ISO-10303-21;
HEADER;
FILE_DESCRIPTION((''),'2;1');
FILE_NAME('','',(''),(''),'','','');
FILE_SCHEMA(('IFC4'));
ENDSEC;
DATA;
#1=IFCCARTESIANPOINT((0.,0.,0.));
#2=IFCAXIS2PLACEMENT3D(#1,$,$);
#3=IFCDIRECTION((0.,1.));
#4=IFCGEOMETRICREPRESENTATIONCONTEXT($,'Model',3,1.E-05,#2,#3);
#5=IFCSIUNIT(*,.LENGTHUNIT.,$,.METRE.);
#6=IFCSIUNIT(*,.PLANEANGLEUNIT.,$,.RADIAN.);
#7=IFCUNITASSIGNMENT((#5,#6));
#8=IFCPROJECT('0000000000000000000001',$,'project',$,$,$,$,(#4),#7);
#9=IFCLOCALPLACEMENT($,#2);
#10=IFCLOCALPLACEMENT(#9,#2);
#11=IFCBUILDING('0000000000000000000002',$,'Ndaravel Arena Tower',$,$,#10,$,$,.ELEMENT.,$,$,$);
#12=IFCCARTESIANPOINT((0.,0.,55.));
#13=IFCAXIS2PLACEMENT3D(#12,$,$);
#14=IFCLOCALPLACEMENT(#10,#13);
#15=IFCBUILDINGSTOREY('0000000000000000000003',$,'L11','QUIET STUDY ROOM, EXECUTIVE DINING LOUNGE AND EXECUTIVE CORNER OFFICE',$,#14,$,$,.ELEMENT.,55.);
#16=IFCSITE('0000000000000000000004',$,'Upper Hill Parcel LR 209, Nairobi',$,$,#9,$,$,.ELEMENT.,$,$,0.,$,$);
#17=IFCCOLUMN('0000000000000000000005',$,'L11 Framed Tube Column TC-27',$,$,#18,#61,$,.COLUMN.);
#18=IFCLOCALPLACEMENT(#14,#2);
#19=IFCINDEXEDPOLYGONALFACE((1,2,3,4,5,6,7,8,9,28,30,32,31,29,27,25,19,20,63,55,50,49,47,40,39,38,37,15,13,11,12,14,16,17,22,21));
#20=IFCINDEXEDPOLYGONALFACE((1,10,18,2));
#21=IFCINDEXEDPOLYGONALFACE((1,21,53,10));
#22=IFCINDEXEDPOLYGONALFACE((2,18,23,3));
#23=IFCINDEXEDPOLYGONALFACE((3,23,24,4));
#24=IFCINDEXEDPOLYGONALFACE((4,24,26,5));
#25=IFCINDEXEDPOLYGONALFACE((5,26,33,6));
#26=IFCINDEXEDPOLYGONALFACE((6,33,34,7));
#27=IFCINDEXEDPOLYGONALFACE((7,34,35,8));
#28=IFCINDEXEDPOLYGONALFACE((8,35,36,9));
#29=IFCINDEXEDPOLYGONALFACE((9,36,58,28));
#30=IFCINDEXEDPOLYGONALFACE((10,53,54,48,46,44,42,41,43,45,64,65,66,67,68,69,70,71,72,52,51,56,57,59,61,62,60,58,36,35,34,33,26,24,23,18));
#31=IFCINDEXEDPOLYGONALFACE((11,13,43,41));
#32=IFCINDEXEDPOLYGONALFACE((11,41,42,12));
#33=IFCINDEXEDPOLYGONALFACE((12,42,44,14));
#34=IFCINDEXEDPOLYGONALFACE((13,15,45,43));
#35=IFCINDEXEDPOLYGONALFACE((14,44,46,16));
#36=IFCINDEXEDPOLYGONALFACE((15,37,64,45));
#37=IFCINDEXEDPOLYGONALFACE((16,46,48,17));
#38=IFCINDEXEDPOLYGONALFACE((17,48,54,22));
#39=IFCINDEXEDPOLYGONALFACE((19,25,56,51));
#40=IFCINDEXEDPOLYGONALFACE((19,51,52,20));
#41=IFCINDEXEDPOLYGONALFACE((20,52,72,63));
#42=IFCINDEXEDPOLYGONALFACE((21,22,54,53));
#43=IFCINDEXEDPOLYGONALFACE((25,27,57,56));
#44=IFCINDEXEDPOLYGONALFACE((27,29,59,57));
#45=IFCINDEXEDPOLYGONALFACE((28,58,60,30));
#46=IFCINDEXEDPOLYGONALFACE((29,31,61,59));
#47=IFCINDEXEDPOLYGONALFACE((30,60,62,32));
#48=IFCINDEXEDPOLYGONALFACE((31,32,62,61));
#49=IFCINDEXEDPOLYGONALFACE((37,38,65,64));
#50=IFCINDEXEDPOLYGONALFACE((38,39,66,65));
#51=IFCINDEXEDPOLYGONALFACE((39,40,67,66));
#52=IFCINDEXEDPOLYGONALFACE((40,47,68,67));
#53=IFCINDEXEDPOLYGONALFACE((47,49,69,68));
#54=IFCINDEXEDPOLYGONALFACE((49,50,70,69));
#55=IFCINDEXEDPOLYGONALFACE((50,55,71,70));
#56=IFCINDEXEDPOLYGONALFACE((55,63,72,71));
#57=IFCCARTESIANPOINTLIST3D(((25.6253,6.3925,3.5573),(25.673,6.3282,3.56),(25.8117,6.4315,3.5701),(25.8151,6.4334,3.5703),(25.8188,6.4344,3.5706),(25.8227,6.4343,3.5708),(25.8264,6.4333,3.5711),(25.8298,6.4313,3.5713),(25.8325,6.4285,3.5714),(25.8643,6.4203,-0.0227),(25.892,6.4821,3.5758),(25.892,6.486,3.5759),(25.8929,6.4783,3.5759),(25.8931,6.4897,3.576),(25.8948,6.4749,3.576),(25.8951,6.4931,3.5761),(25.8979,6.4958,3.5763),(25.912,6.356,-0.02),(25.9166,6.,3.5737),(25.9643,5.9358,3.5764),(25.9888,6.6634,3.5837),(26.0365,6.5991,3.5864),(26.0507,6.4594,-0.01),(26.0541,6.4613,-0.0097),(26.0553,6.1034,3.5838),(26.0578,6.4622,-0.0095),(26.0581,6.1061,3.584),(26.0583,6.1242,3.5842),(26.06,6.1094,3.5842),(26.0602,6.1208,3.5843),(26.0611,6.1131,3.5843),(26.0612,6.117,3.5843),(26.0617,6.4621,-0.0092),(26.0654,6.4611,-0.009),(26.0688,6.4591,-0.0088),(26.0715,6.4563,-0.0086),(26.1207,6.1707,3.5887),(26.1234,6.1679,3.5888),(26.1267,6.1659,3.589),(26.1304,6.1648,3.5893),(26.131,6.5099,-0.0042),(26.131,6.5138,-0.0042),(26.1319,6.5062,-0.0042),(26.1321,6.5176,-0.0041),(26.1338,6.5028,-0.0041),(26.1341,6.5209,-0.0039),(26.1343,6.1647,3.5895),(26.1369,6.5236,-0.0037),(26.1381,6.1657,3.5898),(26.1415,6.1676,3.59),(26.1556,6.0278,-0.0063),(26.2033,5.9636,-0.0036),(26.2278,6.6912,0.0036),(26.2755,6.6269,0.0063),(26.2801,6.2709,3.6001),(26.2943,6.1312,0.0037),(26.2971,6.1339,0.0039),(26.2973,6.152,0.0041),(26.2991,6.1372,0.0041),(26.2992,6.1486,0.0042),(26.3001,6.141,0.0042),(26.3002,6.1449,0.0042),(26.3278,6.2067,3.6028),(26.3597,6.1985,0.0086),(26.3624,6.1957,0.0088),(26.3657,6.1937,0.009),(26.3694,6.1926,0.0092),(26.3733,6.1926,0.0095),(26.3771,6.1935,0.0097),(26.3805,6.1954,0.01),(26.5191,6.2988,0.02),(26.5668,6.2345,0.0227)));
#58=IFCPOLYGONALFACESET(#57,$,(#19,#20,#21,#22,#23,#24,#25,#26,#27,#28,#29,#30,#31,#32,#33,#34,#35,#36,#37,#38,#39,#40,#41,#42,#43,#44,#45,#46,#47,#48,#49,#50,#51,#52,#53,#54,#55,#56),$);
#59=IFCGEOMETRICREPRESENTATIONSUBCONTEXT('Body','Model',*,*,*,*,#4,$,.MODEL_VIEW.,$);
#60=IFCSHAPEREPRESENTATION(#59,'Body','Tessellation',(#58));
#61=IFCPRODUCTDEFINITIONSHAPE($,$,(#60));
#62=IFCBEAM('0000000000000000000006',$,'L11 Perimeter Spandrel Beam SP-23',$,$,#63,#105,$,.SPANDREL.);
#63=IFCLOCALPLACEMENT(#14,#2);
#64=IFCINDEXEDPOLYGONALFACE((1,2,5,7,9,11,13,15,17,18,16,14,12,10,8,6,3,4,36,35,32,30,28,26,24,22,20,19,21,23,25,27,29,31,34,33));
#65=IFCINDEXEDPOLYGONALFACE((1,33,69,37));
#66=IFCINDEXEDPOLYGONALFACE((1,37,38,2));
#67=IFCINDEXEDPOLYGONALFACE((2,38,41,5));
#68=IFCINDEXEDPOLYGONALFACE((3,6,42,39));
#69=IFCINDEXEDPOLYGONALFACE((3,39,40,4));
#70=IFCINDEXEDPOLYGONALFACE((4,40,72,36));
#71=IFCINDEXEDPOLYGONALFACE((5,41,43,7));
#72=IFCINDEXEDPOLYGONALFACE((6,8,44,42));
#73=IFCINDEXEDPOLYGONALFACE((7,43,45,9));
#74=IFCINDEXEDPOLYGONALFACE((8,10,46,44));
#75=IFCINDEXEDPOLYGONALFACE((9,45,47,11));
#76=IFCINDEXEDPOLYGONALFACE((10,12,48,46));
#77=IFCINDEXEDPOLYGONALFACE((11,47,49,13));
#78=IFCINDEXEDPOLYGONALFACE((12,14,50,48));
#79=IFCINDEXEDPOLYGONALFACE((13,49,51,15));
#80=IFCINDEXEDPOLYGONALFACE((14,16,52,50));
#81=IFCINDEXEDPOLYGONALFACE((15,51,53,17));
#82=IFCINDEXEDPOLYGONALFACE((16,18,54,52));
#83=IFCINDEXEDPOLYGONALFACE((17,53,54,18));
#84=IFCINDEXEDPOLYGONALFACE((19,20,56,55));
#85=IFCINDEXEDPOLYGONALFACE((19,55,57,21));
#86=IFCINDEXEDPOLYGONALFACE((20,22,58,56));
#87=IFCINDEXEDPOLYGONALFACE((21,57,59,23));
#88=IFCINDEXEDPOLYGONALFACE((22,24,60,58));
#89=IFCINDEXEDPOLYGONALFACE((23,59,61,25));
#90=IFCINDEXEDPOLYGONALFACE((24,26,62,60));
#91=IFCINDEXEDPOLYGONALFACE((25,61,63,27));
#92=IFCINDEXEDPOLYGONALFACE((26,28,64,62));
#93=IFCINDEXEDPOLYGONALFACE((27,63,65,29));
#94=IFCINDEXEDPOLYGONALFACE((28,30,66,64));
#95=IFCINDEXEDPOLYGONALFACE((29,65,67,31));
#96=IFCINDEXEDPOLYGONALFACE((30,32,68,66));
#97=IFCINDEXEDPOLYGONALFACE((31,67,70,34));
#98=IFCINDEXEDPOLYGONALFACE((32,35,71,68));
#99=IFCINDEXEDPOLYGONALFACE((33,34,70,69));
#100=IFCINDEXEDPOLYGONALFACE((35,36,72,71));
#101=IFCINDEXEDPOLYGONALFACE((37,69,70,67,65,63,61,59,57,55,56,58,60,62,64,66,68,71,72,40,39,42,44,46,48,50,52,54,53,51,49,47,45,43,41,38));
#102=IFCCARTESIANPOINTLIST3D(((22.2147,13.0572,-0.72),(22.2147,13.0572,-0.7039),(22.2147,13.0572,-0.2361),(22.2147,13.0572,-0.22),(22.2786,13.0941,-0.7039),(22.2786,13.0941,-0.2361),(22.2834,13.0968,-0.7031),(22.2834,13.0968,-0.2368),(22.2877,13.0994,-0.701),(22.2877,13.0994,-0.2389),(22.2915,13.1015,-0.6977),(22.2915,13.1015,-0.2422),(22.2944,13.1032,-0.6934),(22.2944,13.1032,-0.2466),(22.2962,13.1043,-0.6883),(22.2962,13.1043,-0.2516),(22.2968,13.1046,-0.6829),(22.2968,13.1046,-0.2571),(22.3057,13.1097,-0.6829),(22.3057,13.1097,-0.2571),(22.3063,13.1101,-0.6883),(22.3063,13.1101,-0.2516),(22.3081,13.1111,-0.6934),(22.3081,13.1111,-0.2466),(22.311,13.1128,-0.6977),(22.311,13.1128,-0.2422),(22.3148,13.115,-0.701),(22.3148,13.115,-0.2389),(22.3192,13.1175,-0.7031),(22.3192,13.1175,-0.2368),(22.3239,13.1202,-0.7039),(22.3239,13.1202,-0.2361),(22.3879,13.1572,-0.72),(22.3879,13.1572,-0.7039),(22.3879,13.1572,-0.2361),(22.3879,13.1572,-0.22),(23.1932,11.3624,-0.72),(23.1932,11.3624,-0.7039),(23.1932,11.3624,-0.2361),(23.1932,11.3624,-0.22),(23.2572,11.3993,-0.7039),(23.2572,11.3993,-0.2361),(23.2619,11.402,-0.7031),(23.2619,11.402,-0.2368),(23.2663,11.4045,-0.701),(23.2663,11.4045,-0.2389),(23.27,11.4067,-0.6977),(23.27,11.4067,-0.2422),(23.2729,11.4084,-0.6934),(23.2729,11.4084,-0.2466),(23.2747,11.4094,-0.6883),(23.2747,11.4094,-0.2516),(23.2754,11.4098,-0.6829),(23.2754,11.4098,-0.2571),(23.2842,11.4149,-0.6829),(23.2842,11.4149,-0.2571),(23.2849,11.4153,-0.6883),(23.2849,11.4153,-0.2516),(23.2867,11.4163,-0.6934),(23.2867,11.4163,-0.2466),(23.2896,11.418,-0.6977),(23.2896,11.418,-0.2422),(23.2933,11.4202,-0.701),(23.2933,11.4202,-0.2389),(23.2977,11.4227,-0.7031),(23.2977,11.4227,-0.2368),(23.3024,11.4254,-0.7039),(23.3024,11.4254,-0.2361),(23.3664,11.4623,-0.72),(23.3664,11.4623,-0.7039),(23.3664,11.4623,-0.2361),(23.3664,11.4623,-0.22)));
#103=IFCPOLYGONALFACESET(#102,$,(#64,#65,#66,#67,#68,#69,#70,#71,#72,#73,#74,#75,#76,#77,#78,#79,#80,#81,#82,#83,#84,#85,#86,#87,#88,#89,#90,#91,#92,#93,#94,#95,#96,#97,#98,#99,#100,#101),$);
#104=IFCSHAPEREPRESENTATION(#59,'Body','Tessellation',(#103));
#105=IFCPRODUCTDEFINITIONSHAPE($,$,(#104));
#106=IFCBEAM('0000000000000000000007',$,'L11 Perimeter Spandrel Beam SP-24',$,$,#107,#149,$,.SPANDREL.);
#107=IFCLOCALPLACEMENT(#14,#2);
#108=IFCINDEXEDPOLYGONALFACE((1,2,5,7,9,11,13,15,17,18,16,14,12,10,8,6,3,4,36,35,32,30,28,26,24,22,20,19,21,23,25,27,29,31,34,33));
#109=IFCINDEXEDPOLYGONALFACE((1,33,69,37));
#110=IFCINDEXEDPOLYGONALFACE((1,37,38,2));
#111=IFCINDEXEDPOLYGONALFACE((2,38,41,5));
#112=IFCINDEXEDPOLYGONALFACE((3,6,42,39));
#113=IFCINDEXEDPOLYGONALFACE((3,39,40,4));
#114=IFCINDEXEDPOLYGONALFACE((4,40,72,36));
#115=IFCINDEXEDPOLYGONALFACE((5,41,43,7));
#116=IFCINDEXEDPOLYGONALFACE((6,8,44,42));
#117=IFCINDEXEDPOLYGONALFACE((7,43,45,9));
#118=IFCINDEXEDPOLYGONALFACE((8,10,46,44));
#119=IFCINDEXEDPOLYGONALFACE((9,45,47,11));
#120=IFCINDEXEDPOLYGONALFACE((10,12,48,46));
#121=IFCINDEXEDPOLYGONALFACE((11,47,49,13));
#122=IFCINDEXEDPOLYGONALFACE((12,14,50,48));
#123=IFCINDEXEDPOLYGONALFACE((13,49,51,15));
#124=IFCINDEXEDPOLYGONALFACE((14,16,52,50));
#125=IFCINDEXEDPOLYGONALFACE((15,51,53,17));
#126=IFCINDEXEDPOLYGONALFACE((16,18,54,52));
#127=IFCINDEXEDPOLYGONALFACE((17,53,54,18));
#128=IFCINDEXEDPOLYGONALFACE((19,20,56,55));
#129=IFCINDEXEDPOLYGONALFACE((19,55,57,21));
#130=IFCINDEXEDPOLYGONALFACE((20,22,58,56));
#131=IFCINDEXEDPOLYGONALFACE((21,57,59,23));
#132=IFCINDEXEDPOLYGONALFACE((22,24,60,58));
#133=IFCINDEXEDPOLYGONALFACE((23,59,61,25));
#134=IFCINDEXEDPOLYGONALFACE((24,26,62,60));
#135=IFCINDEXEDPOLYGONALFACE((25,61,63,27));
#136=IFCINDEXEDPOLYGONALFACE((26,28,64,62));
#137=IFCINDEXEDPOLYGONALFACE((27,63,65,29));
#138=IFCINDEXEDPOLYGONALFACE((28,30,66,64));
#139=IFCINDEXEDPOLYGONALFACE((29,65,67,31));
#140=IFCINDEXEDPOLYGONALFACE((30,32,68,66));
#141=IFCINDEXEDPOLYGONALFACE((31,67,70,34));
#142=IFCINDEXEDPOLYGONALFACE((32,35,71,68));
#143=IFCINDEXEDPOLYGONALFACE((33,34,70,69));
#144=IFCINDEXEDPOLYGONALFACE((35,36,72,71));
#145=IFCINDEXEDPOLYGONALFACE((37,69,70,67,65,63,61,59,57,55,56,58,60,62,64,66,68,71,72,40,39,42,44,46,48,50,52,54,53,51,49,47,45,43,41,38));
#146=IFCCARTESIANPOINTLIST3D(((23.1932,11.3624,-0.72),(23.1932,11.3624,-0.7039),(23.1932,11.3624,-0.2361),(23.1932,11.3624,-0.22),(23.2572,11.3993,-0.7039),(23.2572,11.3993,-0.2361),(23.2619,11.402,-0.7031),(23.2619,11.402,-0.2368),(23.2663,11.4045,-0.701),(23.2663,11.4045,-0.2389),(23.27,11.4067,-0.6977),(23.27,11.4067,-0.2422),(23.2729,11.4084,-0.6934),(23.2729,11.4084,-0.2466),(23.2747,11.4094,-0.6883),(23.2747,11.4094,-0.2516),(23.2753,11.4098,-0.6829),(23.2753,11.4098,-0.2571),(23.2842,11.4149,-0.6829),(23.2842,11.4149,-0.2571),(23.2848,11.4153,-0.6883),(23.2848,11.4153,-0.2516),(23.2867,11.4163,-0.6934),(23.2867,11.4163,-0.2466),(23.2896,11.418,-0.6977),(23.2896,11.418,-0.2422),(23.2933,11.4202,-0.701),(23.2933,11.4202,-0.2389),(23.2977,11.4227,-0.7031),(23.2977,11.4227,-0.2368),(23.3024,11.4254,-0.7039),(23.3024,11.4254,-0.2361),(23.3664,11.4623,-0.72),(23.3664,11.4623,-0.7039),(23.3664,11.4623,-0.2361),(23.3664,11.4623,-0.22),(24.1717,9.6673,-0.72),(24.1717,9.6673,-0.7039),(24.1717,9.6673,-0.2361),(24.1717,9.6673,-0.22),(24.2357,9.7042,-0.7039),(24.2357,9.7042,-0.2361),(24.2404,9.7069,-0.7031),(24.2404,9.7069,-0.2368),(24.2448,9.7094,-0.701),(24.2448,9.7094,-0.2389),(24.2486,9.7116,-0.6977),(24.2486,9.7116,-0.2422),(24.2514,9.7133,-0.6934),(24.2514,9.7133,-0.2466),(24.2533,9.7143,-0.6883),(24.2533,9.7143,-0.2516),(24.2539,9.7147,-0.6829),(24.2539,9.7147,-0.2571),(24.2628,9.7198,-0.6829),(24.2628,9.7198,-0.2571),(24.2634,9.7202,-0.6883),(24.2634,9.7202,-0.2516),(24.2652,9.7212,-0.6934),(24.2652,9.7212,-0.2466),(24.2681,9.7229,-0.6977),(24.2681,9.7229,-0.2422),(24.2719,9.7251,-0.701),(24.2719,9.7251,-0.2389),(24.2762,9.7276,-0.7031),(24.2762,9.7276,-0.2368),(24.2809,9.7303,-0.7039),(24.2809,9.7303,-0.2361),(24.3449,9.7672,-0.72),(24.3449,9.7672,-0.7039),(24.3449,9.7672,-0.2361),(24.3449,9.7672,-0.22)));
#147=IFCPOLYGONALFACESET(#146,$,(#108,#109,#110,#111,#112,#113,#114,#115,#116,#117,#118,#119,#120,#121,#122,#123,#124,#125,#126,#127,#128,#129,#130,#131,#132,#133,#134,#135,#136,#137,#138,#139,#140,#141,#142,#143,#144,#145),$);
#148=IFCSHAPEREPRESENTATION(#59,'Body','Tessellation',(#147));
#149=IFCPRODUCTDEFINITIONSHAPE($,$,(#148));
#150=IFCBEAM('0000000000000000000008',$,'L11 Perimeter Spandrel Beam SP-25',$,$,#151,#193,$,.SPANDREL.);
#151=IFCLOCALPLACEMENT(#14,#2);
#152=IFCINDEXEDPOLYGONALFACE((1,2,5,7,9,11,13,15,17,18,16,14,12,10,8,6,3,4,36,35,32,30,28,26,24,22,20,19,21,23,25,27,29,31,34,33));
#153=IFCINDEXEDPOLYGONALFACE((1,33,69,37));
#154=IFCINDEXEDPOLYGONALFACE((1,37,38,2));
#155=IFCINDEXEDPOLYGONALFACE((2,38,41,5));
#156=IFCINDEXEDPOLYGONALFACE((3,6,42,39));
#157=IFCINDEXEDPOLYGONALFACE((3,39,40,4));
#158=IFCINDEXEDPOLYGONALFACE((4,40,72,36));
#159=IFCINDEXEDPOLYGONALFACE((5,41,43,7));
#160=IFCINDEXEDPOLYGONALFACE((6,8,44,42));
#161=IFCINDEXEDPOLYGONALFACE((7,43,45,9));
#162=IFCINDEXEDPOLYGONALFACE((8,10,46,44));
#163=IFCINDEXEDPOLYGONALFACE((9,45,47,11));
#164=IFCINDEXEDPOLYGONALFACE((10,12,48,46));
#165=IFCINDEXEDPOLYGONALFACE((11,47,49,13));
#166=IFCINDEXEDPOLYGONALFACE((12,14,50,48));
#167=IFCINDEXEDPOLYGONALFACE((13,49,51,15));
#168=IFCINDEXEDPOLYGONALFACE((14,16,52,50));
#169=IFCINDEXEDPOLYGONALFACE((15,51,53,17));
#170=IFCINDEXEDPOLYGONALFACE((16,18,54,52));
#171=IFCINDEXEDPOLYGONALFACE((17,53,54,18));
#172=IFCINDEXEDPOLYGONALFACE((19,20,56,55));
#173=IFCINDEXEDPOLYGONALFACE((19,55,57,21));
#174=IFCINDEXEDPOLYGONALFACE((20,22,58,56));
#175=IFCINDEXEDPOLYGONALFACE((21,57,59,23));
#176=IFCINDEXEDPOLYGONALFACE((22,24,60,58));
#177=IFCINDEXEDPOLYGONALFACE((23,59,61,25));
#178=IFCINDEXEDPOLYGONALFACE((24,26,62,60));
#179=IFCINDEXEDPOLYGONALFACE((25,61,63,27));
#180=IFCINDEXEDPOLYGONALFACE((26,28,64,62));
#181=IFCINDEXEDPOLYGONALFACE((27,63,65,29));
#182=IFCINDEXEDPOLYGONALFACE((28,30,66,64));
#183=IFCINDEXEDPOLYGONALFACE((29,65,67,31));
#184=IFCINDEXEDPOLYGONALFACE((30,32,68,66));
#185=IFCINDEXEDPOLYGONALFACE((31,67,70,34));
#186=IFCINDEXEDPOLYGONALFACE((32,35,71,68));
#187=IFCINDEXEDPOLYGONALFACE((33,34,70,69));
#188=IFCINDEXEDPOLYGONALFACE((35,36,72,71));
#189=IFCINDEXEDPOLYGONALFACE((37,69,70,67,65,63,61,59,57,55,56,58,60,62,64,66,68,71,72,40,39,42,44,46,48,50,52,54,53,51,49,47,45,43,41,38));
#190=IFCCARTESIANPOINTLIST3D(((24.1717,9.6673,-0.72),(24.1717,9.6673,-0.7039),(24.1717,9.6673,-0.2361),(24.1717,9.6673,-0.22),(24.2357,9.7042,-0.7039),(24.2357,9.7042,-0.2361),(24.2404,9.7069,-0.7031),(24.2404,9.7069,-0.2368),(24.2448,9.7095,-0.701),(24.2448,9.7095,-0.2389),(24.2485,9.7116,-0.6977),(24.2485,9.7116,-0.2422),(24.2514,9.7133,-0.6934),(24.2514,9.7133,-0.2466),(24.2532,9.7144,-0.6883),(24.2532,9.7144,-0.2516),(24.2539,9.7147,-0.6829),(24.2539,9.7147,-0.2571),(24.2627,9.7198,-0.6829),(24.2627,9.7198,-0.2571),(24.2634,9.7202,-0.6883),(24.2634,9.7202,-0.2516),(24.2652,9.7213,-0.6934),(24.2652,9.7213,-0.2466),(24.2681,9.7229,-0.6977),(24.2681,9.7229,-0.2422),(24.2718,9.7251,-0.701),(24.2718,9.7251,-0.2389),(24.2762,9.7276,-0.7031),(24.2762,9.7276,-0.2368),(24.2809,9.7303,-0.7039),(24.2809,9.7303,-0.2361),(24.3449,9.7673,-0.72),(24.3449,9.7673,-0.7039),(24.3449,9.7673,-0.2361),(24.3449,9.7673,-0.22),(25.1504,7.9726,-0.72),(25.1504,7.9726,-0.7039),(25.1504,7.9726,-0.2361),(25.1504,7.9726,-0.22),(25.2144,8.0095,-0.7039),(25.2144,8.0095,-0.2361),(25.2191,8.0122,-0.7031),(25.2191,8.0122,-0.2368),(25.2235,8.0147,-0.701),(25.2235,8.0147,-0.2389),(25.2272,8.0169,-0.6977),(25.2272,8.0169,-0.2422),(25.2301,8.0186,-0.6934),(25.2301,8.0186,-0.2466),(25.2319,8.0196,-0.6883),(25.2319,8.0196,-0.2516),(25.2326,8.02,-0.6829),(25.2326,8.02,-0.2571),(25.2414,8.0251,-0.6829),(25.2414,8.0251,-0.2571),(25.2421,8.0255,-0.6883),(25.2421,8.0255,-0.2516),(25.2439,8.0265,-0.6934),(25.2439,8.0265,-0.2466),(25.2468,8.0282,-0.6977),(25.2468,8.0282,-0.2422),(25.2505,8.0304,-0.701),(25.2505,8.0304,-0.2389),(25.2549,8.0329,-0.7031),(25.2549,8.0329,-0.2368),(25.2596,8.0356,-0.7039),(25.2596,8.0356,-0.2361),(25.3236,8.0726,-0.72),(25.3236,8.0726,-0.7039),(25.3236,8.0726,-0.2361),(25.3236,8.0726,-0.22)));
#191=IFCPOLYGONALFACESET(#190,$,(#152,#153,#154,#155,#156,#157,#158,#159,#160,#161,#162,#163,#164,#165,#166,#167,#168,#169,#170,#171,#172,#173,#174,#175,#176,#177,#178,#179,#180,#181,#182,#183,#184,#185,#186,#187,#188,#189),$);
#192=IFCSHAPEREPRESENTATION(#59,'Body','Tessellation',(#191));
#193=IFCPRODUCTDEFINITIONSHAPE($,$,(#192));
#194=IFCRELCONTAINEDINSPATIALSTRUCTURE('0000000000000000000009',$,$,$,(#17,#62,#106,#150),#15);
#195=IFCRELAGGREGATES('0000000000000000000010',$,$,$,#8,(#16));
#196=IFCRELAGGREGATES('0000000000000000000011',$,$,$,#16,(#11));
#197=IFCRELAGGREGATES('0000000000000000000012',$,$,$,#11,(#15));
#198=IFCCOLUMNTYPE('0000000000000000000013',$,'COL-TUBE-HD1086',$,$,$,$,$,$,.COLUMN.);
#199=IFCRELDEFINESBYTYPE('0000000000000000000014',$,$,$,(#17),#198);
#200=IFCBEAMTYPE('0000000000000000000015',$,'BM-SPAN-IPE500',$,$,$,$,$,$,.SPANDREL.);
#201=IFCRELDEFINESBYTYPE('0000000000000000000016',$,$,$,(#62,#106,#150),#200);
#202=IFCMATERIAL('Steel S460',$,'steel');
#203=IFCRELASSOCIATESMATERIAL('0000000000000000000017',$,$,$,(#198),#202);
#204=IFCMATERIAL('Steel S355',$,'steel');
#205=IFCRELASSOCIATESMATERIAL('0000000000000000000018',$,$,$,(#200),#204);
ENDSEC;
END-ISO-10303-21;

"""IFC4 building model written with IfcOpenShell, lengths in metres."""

from ifc_helpers import new_model, si_unit, direction, frame, origin, origin_2d, place, context, subcontext, project, spatial, i_section, extrude, material, material_profile, profile_set, type_object, element, save


model = new_model("IFC4")

# Units and contexts
model_context = context("Model", 3, precision=1e-05, world=origin(), true_north=direction((0.0, 1.0)))
body_context = subcontext(model_context, "Body", "Model", "MODEL_VIEW")
ifc_project = project(units=[si_unit("LENGTHUNIT", "METRE"), si_unit("PLANEANGLEUNIT", "RADIAN")], contexts=[model_context])

# Site, building, storey
site_placement = place(None, origin())
site = spatial("IfcSite", under=ifc_project, at=site_placement, Name="Upper Hill Parcel LR 209, Nairobi", CompositionType="ELEMENT", RefElevation=0.0)
building_placement = place(site_placement, origin())
building = spatial("IfcBuilding", under=site, at=building_placement, Name="Ndaravel Arena Tower", CompositionType="ELEMENT")
storey_placement = place(building_placement, frame((0.0, 0.0, 55.0)))
storey = spatial("IfcBuildingStorey", under=building, at=storey_placement, Name="L11", Description="QUIET STUDY ROOM, EXECUTIVE DINING LOUNGE AND EXECUTIVE CORNER OFFICE", CompositionType="ELEMENT", Elevation=55.0)

# Column
ifc_material_1 = material(Name="Steel S460", Category="steel")
ifc_material_profile_1 = material_profile(ifc_material_1, i_section(OverallWidth=0.4541, OverallDepth=0.5691, WebThickness=0.0779, FlangeThickness=0.0801, FilletRadius=0.0149, at=origin_2d()), Name="HD 400x1086")
ifc_profile_set_1 = profile_set([ifc_material_profile_1], Name="Steel S460")
column_type = type_object("IfcColumnType", Name="COL-TUBE-HD1086", PredefinedType="COLUMN", material=ifc_profile_set_1)
column_1_placement = place(storey_placement, frame((26.2156, 6.3274, 0.0), z_axis=(-0.066612, -0.007757, 0.997749), x_axis=(0.800445, 0.596587, 0.058077)))
element("IfcColumn", 1, at=column_1_placement, inside=storey, type_object=column_type, Name="L11 Framed Tube Column TC-27", PredefinedType="COLUMN", context=body_context, shape_type="SweptSolid", body=[
    extrude(i_section(OverallWidth=0.4541, OverallDepth=0.5691, WebThickness=0.0779, FlangeThickness=0.0801, FilletRadius=0.0149, at=origin_2d()), origin(), (0.0, 0.0, 1.0), 3.5881),
])

# Beams
ifc_material_2 = material(Name="Steel S355", Category="steel")
ifc_material_profile_2 = material_profile(ifc_material_2, i_section(OverallWidth=0.2, OverallDepth=0.5, WebThickness=0.0103, FlangeThickness=0.0161, FilletRadius=0.021, at=origin_2d()), Name="IPE 500")
ifc_profile_set_2 = profile_set([ifc_material_profile_2], Name="Steel S355")
beam_type = type_object("IfcBeamType", Name="BM-SPAN-IPE500", PredefinedType="SPANDREL", material=ifc_profile_set_2)
beam_1_placement = place(storey_placement, frame((22.3013, 13.1072, -0.47), z_axis=(0.500003, -0.866024, 0.0), x_axis=(0.866024, 0.500003, 0.0)))
element("IfcBeam", 2, at=beam_1_placement, inside=storey, type_object=beam_type, Name="L11 Perimeter Spandrel Beam SP-23", PredefinedType="SPANDREL", context=body_context, shape_type="SweptSolid", body=[
    extrude(i_section(OverallWidth=0.2, OverallDepth=0.5, WebThickness=0.0103, FlangeThickness=0.0161, FilletRadius=0.021, at=origin_2d()), origin(), (0.0, 0.0, 1.0), 1.957),
])
beam_2_placement = place(storey_placement, frame((23.2798, 11.4124, -0.47), z_axis=(0.499949, -0.866055, 0.0), x_axis=(0.866055, 0.499949, 0.0)))
element("IfcBeam", 3, at=beam_2_placement, inside=storey, type_object=beam_type, Name="L11 Perimeter Spandrel Beam SP-24", PredefinedType="SPANDREL", context=body_context, shape_type="SweptSolid", body=[
    extrude(i_section(OverallWidth=0.2, OverallDepth=0.5, WebThickness=0.0103, FlangeThickness=0.0161, FilletRadius=0.021, at=origin_2d()), origin(), (0.0, 0.0, 1.0), 1.9573),
])
beam_3_placement = place(storey_placement, frame((24.2583, 9.7173, -0.47), z_axis=(0.500097, -0.86597, 0.0), x_axis=(0.86597, 0.500097, 0.0)))
element("IfcBeam", 4, at=beam_3_placement, inside=storey, type_object=beam_type, Name="L11 Perimeter Spandrel Beam SP-25", PredefinedType="SPANDREL", context=body_context, shape_type="SweptSolid", body=[
    extrude(i_section(OverallWidth=0.2, OverallDepth=0.5, WebThickness=0.0103, FlangeThickness=0.0161, FilletRadius=0.021, at=origin_2d()), origin(), (0.0, 0.0, 1.0), 1.957),
])

save(model, "model.ifc")
